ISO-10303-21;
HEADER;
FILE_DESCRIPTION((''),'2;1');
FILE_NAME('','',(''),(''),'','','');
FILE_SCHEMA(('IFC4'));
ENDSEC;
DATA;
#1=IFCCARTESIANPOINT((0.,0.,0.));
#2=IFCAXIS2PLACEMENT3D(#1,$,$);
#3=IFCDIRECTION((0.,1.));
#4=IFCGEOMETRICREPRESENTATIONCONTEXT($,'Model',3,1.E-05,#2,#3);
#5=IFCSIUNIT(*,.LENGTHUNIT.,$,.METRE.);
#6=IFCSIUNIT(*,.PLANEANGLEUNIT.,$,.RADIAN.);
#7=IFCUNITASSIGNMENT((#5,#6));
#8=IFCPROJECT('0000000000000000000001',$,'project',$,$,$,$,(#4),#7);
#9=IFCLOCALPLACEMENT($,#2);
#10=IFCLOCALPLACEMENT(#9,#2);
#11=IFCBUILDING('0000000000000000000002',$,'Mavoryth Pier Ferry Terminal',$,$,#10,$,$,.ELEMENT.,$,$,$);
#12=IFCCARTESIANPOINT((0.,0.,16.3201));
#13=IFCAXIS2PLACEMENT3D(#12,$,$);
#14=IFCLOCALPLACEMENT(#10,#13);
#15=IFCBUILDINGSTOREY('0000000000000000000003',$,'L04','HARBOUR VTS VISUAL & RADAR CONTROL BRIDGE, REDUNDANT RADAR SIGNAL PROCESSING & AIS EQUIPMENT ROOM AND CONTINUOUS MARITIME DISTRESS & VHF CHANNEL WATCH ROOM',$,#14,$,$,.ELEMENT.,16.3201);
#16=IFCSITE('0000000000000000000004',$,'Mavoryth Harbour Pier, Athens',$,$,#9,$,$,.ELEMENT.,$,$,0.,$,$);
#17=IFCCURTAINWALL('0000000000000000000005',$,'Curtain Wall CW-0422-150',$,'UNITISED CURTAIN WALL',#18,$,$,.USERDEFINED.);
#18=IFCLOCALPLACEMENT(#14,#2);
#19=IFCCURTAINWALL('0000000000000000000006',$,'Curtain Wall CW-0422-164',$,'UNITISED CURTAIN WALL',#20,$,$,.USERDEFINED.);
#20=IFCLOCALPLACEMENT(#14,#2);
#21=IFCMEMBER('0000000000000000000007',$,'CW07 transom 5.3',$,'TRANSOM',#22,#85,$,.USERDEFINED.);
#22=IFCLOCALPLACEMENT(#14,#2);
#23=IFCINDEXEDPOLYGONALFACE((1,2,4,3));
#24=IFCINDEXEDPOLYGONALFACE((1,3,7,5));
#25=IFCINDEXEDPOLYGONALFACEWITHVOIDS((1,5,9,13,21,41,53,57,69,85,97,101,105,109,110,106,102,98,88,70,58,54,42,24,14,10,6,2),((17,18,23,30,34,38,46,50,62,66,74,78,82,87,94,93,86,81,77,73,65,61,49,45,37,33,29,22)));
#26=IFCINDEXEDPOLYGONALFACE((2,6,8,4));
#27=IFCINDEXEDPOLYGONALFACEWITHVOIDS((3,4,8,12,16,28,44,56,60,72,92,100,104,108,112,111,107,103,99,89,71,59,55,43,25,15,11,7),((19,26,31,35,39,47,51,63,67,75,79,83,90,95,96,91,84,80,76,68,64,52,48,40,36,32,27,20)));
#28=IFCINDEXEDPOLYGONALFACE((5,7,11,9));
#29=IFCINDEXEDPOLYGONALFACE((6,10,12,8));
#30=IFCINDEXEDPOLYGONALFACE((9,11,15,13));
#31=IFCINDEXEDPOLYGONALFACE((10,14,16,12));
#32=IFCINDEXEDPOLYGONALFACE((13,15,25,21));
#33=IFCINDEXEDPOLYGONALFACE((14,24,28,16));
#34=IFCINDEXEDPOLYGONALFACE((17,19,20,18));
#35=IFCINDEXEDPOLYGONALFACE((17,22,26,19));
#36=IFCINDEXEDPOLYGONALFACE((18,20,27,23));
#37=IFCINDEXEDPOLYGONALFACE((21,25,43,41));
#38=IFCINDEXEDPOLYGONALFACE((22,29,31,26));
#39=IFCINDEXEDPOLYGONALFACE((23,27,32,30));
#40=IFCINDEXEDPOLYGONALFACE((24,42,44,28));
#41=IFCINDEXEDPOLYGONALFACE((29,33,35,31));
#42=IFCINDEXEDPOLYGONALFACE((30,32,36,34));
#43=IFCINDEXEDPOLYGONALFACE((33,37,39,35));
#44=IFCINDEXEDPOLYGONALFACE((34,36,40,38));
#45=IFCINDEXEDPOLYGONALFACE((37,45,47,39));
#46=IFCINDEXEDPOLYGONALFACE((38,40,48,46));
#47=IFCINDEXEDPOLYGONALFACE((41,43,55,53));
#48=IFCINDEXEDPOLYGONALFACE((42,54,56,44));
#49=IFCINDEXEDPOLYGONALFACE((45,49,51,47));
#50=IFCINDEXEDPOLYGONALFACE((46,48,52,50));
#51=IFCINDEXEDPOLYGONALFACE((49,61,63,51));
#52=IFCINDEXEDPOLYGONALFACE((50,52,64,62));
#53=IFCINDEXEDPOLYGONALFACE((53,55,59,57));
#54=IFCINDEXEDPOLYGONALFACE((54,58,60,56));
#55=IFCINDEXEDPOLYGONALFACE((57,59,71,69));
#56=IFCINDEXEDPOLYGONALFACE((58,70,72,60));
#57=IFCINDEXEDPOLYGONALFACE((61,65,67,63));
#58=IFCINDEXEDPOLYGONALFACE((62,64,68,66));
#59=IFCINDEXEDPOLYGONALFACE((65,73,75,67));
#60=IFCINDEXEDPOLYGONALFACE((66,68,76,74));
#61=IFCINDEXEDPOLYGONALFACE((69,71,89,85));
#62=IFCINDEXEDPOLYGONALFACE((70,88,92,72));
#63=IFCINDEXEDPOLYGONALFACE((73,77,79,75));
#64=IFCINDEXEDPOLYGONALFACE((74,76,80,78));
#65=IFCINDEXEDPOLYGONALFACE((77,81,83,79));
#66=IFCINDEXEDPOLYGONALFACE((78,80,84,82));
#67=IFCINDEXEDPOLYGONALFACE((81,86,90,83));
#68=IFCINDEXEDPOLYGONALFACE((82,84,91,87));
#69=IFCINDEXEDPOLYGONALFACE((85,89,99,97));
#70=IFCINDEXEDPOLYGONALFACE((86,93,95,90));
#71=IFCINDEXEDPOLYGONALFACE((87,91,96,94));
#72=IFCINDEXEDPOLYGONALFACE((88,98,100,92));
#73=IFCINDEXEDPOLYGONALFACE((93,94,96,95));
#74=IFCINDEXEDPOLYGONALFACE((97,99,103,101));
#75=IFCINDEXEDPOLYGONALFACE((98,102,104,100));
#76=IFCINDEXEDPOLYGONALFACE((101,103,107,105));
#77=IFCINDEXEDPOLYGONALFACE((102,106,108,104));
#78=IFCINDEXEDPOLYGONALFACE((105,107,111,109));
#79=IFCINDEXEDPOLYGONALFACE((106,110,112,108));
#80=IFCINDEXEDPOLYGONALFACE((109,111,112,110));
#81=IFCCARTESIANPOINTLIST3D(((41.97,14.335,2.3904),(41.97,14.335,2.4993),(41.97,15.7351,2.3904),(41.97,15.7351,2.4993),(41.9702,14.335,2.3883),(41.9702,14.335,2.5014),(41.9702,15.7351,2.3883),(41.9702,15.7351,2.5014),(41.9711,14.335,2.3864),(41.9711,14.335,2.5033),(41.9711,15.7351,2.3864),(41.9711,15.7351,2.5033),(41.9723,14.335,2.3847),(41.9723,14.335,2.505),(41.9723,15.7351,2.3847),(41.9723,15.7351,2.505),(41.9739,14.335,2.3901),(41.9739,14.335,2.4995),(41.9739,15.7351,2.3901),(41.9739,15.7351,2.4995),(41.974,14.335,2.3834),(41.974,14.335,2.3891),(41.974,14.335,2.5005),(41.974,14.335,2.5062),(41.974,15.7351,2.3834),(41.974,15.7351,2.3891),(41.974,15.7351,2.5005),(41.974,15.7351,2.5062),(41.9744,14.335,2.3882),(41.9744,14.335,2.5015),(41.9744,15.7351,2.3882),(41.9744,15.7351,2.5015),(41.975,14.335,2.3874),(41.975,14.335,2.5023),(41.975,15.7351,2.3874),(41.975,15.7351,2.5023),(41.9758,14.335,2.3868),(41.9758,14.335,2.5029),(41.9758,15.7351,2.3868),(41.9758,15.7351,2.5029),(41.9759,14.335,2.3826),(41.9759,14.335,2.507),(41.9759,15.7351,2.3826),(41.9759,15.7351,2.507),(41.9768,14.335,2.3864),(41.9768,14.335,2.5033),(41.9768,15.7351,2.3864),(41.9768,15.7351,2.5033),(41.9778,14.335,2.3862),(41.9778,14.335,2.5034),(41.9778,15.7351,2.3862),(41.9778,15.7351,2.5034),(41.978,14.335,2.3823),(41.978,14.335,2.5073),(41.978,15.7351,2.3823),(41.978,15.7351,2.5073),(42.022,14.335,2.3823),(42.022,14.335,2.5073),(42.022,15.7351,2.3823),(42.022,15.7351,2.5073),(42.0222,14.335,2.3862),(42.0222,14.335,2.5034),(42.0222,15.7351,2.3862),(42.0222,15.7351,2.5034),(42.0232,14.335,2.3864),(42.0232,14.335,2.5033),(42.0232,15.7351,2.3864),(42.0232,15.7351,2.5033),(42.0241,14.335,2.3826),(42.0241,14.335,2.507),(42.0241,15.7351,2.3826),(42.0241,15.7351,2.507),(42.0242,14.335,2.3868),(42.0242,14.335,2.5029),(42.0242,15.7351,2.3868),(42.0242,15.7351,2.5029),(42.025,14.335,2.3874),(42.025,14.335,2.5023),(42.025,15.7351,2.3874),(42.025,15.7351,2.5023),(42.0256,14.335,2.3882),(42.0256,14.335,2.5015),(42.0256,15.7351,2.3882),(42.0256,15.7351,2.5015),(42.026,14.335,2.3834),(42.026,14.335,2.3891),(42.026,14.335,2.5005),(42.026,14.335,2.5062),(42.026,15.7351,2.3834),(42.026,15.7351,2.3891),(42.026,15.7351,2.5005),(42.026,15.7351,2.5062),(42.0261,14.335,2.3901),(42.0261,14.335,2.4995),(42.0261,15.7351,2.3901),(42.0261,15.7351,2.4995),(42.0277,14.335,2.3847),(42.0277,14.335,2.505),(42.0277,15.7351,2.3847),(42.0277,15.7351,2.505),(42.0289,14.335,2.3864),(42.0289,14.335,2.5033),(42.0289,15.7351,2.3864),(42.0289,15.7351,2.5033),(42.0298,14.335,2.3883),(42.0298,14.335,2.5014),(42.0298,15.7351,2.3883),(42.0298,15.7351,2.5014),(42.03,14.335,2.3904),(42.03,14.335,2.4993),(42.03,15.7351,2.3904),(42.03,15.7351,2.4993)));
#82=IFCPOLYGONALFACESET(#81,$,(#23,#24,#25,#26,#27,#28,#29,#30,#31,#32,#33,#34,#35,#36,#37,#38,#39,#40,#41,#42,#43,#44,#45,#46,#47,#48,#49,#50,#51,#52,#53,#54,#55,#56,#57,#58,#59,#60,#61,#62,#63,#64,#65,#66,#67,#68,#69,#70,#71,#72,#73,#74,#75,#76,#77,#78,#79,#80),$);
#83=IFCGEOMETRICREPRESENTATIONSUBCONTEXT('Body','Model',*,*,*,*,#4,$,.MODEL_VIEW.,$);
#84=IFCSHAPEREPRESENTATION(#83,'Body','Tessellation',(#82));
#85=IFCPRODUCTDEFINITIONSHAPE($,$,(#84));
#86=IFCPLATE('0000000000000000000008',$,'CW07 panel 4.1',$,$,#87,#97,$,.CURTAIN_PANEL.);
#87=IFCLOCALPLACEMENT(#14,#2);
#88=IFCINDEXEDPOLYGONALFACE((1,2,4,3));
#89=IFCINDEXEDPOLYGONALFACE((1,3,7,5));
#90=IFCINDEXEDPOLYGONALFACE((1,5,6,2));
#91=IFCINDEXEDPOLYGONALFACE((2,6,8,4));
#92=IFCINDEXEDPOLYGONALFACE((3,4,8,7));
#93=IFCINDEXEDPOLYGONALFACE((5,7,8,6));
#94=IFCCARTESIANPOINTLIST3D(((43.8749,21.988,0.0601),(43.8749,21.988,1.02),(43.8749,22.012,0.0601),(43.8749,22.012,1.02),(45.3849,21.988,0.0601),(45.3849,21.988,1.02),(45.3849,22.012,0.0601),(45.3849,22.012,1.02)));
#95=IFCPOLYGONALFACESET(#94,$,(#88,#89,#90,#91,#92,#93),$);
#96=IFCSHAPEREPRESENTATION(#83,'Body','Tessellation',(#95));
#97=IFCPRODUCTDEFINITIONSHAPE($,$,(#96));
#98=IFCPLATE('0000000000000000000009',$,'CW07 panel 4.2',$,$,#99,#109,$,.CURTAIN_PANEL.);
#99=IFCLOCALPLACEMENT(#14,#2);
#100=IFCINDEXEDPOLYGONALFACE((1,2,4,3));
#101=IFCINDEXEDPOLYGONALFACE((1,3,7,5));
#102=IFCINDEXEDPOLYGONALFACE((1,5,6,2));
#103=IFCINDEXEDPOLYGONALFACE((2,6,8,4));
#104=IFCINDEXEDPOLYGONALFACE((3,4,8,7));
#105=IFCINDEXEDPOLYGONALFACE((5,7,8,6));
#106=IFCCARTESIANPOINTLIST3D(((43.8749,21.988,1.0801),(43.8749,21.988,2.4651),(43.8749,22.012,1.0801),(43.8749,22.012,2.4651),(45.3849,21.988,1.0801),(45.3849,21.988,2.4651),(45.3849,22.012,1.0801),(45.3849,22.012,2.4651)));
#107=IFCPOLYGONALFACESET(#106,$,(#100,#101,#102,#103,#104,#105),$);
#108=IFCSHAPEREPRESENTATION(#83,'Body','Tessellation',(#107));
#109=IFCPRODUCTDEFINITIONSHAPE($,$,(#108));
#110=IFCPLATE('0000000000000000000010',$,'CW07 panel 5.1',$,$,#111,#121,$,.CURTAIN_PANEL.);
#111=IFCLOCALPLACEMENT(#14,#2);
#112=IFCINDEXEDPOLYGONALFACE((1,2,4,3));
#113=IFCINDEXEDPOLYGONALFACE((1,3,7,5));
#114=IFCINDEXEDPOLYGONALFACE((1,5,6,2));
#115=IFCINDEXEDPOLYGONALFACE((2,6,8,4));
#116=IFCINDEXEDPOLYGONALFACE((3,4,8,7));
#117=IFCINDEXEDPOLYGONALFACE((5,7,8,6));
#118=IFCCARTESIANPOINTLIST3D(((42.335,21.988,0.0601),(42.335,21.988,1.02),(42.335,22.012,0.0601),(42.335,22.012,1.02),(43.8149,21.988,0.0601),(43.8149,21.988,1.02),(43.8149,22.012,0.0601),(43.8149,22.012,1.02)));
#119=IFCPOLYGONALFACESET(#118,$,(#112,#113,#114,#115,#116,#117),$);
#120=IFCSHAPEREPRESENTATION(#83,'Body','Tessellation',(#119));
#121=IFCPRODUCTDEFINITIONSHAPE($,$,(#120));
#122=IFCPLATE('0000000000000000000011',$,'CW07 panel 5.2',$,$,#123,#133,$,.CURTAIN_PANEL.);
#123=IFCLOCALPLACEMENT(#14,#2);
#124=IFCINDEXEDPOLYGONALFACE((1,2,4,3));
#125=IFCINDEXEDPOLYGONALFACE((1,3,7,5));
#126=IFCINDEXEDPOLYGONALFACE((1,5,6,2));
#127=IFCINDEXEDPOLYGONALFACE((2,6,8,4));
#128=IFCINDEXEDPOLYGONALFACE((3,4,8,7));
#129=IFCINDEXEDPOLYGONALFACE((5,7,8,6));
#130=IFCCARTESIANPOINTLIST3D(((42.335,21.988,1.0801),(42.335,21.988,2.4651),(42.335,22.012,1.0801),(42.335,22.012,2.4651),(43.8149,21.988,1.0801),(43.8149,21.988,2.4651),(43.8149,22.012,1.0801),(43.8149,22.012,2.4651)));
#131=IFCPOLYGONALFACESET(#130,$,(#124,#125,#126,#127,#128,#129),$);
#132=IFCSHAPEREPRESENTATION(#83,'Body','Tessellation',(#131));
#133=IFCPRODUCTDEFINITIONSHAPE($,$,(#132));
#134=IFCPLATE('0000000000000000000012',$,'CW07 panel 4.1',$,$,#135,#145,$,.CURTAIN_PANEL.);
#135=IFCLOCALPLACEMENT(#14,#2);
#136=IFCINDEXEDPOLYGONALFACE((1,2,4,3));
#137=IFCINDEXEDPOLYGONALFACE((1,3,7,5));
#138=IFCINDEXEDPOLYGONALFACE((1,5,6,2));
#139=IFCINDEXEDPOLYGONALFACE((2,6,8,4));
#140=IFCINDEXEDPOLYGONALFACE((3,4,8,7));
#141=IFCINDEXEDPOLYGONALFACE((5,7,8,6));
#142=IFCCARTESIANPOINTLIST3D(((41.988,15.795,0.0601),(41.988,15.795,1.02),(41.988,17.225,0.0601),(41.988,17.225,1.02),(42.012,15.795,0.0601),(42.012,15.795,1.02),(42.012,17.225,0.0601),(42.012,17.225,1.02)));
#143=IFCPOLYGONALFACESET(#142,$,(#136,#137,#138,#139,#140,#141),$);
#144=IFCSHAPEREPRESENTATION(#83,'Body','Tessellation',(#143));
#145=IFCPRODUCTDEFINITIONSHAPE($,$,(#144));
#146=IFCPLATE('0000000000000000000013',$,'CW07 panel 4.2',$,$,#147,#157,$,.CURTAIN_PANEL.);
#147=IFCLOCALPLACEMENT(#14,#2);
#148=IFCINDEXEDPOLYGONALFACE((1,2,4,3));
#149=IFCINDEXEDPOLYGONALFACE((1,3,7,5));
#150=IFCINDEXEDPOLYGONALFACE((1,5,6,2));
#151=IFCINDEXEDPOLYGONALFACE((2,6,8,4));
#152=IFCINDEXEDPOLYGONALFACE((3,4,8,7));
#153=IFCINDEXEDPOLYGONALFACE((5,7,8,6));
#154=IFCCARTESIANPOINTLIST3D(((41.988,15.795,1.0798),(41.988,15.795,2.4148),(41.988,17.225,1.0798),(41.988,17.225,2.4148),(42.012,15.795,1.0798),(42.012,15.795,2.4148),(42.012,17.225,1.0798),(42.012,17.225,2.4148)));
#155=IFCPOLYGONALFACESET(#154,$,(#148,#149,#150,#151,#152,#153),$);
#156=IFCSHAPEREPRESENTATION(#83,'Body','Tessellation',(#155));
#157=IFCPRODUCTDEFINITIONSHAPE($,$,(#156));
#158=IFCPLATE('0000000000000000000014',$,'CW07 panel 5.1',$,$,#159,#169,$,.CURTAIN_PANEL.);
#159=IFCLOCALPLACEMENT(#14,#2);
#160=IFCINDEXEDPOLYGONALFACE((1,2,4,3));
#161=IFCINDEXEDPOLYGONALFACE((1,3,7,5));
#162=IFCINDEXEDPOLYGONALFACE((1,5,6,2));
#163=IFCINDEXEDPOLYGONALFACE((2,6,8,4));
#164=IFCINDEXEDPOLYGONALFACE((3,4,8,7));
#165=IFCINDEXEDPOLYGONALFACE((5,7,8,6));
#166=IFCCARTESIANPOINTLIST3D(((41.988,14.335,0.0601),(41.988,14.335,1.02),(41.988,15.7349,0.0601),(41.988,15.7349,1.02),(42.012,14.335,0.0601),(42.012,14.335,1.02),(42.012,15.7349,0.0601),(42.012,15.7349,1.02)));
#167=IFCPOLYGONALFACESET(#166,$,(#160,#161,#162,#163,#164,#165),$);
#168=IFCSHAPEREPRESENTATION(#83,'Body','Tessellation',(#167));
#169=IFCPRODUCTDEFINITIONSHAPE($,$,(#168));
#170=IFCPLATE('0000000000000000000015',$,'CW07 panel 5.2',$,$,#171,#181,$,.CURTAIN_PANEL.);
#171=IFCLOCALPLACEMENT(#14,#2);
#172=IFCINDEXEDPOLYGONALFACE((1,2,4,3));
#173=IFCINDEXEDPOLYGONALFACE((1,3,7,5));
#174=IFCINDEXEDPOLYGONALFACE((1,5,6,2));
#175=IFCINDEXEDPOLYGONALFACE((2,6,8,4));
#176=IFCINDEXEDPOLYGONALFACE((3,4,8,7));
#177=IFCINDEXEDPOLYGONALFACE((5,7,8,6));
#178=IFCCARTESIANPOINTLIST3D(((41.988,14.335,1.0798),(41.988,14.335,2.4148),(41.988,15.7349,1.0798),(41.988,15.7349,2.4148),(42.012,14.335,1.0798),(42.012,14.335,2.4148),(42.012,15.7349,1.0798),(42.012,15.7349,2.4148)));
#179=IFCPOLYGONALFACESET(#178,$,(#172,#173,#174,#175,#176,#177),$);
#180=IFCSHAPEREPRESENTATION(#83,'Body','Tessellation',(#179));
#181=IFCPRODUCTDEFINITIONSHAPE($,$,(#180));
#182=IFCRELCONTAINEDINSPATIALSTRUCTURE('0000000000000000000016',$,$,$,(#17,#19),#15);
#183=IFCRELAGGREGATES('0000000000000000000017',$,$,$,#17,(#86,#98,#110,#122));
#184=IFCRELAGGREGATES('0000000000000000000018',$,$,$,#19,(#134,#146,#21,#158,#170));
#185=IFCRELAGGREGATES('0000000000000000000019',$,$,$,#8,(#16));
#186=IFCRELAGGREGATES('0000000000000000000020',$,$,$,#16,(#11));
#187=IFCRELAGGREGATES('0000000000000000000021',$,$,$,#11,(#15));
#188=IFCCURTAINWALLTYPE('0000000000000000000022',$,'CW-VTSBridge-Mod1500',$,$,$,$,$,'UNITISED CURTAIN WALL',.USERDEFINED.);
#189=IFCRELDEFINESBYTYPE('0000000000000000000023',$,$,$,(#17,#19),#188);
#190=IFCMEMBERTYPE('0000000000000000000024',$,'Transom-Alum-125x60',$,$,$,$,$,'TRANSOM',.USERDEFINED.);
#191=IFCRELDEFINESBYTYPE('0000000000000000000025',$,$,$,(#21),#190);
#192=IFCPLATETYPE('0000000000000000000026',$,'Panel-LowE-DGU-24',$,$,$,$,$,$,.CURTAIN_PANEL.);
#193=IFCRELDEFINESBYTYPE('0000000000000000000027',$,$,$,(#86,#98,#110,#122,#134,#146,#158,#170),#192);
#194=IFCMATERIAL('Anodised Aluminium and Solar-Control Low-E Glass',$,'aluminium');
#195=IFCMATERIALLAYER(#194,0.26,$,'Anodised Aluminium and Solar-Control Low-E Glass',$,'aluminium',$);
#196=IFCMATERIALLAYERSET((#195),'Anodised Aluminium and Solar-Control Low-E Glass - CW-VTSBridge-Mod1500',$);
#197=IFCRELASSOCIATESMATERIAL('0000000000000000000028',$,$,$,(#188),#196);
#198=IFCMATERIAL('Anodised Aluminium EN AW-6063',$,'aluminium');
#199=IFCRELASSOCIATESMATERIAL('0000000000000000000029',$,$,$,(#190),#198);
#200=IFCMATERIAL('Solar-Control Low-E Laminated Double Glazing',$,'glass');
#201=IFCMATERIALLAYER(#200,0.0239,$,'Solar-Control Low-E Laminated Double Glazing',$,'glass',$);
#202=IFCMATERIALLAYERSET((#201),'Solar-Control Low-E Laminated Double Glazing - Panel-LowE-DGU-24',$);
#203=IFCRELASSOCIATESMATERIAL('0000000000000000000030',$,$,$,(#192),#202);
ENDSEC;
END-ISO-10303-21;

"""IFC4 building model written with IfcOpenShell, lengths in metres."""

from ifc_helpers import new_model, si_unit, direction, frame, origin, origin_2d, place, context, subcontext, project, spatial, rectangle, hollow_rectangle, extrude, material, layer, layer_set, material_profile, profile_set, type_object, element, aggregate, save


model = new_model("IFC4")

# Units and contexts
model_context = context("Model", 3, precision=1e-05, world=origin(), true_north=direction((0.0, 1.0)))
body_context = subcontext(model_context, "Body", "Model", "MODEL_VIEW")
ifc_project = project(units=[si_unit("LENGTHUNIT", "METRE"), si_unit("PLANEANGLEUNIT", "RADIAN")], contexts=[model_context])

# Site, building, storey
site_placement = place(None, origin())
site = spatial("IfcSite", under=ifc_project, at=site_placement, Name="Mavoryth Harbour Pier, Athens", CompositionType="ELEMENT", RefElevation=0.0)
building_placement = place(site_placement, origin())
building = spatial("IfcBuilding", under=site, at=building_placement, Name="Mavoryth Pier Ferry Terminal", CompositionType="ELEMENT")
storey_placement = place(building_placement, frame((0.0, 0.0, 16.3201)))
storey = spatial("IfcBuildingStorey", under=building, at=storey_placement, Name="L04", Description="HARBOUR VTS VISUAL & RADAR CONTROL BRIDGE, REDUNDANT RADAR SIGNAL PROCESSING & AIS EQUIPMENT ROOM AND CONTINUOUS MARITIME DISTRESS & VHF CHANNEL WATCH ROOM", CompositionType="ELEMENT", Elevation=16.3201)

# Curtain wall
ifc_material_1 = material(Name="Anodised Aluminium and Solar-Control Low-E Glass", Category="aluminium")
ifc_layer_1 = layer(ifc_material_1, 0.26, Name="Anodised Aluminium and Solar-Control Low-E Glass", Category="aluminium")
ifc_layer_set_1 = layer_set([ifc_layer_1], Name="Anodised Aluminium and Solar-Control Low-E Glass - CW-VTSBridge-Mod1500")
curtain_wall_type = type_object("IfcCurtainWallType", Name="CW-VTSBridge-Mod1500", ElementType="UNITISED CURTAIN WALL", PredefinedType="USERDEFINED", material=ifc_layer_set_1)
curtain_wall_1_placement = place(storey_placement, origin())
curtain_wall_1 = element("IfcCurtainWall", 1, at=curtain_wall_1_placement, inside=storey, type_object=curtain_wall_type, Name="Curtain Wall CW-0422-150", ObjectType="UNITISED CURTAIN WALL", PredefinedType="USERDEFINED")
ifc_material_2 = material(Name="Anodised Aluminium EN AW-6063", Category="aluminium")

# Shared definitions
ifc_material_profile_1 = material_profile(ifc_material_2, hollow_rectangle(XDim=0.0601, YDim=0.125, WallThickness=0.0039, InnerFilletRadius=0.0039, OuterFilletRadius=0.0081, at=origin_2d()), Name="AL-TRAN 125x60x4", Category="aluminium")
ifc_profile_set_1 = profile_set([ifc_material_profile_1], Name="Anodised Aluminium EN AW-6063 - AL-TRAN 125x60x4")
member_type_1 = type_object("IfcMemberType", Name="Transom-Alum-125x60", ElementType="TRANSOM", PredefinedType="USERDEFINED", material=ifc_profile_set_1)

# Curtain wall, member
curtain_wall_2_placement = place(storey_placement, origin())
curtain_wall_2 = element("IfcCurtainWall", 2, at=curtain_wall_2_placement, inside=storey, type_object=curtain_wall_type, Name="Curtain Wall CW-0422-164", ObjectType="UNITISED CURTAIN WALL", PredefinedType="USERDEFINED")
member_1_placement = place(storey_placement, frame((42.0, 15.7351, 2.4448), z_axis=(0.0, -1.0, 0.0), x_axis=(1.0, 0.0, 0.0)))
member_1 = element("IfcMember", 3, at=member_1_placement, type_object=member_type_1, Name="CW07 transom 5.3", ObjectType="TRANSOM", PredefinedType="USERDEFINED", context=body_context, shape_type="SweptSolid", body=[
    extrude(hollow_rectangle(XDim=0.0601, YDim=0.125, WallThickness=0.0039, InnerFilletRadius=0.0039, OuterFilletRadius=0.0081, at=origin_2d()), origin(), (0.0, 0.0, 1.0), 1.4001),
])

# Plates
ifc_material_3 = material(Name="Solar-Control Low-E Laminated Double Glazing", Category="glass")
ifc_layer_2 = layer(ifc_material_3, 0.0239, Name="Solar-Control Low-E Laminated Double Glazing", Category="glass")
ifc_layer_set_2 = layer_set([ifc_layer_2], Name="Solar-Control Low-E Laminated Double Glazing - Panel-LowE-DGU-24")
plate_type = type_object("IfcPlateType", Name="Panel-LowE-DGU-24", PredefinedType="CURTAIN_PANEL", material=ifc_layer_set_2)
plate_1_placement = place(storey_placement, frame((44.6299, 22.0, 0.0601), z_axis=(0.0, 0.0, 1.0), x_axis=(-1.0, 0.0, 0.0)))
plate_1 = element("IfcPlate", 4, at=plate_1_placement, type_object=plate_type, Name="CW07 panel 4.1", PredefinedType="CURTAIN_PANEL", context=body_context, shape_type="SweptSolid", body=[
    extrude(rectangle(XDim=1.51, YDim=0.0239, at=origin_2d()), origin(), (0.0, 0.0, 1.0), 0.96),
])
plate_2_placement = place(storey_placement, frame((44.6299, 22.0, 1.0801), z_axis=(0.0, 0.0, 1.0), x_axis=(-1.0, 0.0, 0.0)))
plate_2 = element("IfcPlate", 5, at=plate_2_placement, type_object=plate_type, Name="CW07 panel 4.2", PredefinedType="CURTAIN_PANEL", context=body_context, shape_type="SweptSolid", body=[
    extrude(rectangle(XDim=1.51, YDim=0.0239, at=origin_2d()), origin(), (0.0, 0.0, 1.0), 1.385),
])
plate_3_placement = place(storey_placement, frame((43.075, 22.0, 0.0601), z_axis=(0.0, 0.0, 1.0), x_axis=(-1.0, 0.0, 0.0)))
plate_3 = element("IfcPlate", 6, at=plate_3_placement, type_object=plate_type, Name="CW07 panel 5.1", PredefinedType="CURTAIN_PANEL", context=body_context, shape_type="SweptSolid", body=[
    extrude(rectangle(XDim=1.48, YDim=0.0239, at=origin_2d()), origin(), (0.0, 0.0, 1.0), 0.96),
])
plate_4_placement = place(storey_placement, frame((43.075, 22.0, 1.0801), z_axis=(0.0, 0.0, 1.0), x_axis=(-1.0, 0.0, 0.0)))
plate_4 = element("IfcPlate", 7, at=plate_4_placement, type_object=plate_type, Name="CW07 panel 5.2", PredefinedType="CURTAIN_PANEL", context=body_context, shape_type="SweptSolid", body=[
    extrude(rectangle(XDim=1.48, YDim=0.0239, at=origin_2d()), origin(), (0.0, 0.0, 1.0), 1.385),
])
aggregate(curtain_wall_1, [plate_1, plate_2, plate_3, plate_4])
plate_5_placement = place(storey_placement, frame((42.0, 16.51, 0.0601), z_axis=(0.0, 0.0, 1.0), x_axis=(0.0, -1.0, 0.0)))
plate_5 = element("IfcPlate", 8, at=plate_5_placement, type_object=plate_type, Name="CW07 panel 4.1", PredefinedType="CURTAIN_PANEL", context=body_context, shape_type="SweptSolid", body=[
    extrude(rectangle(XDim=1.4299, YDim=0.0239, at=origin_2d()), origin(), (0.0, 0.0, 1.0), 0.96),
])
plate_6_placement = place(storey_placement, frame((42.0, 16.51, 1.0798), z_axis=(0.0, 0.0, 1.0), x_axis=(0.0, -1.0, 0.0)))
plate_6 = element("IfcPlate", 9, at=plate_6_placement, type_object=plate_type, Name="CW07 panel 4.2", PredefinedType="CURTAIN_PANEL", context=body_context, shape_type="SweptSolid", body=[
    extrude(rectangle(XDim=1.4299, YDim=0.0239, at=origin_2d()), origin(), (0.0, 0.0, 1.0), 1.335),
])
plate_7_placement = place(storey_placement, frame((42.0, 15.0349, 0.0601), z_axis=(0.0, 0.0, 1.0), x_axis=(0.0, -1.0, 0.0)))
plate_7 = element("IfcPlate", 10, at=plate_7_placement, type_object=plate_type, Name="CW07 panel 5.1", PredefinedType="CURTAIN_PANEL", context=body_context, shape_type="SweptSolid", body=[
    extrude(rectangle(XDim=1.3999, YDim=0.0239, at=origin_2d()), origin(), (0.0, 0.0, 1.0), 0.96),
])
plate_8_placement = place(storey_placement, frame((42.0, 15.0349, 1.0798), z_axis=(0.0, 0.0, 1.0), x_axis=(0.0, -1.0, 0.0)))
plate_8 = element("IfcPlate", 11, at=plate_8_placement, type_object=plate_type, Name="CW07 panel 5.2", PredefinedType="CURTAIN_PANEL", context=body_context, shape_type="SweptSolid", body=[
    extrude(rectangle(XDim=1.3999, YDim=0.0239, at=origin_2d()), origin(), (0.0, 0.0, 1.0), 1.335),
])
aggregate(curtain_wall_2, [plate_5, plate_6, member_1, plate_7, plate_8])

save(model, "model.ifc")
